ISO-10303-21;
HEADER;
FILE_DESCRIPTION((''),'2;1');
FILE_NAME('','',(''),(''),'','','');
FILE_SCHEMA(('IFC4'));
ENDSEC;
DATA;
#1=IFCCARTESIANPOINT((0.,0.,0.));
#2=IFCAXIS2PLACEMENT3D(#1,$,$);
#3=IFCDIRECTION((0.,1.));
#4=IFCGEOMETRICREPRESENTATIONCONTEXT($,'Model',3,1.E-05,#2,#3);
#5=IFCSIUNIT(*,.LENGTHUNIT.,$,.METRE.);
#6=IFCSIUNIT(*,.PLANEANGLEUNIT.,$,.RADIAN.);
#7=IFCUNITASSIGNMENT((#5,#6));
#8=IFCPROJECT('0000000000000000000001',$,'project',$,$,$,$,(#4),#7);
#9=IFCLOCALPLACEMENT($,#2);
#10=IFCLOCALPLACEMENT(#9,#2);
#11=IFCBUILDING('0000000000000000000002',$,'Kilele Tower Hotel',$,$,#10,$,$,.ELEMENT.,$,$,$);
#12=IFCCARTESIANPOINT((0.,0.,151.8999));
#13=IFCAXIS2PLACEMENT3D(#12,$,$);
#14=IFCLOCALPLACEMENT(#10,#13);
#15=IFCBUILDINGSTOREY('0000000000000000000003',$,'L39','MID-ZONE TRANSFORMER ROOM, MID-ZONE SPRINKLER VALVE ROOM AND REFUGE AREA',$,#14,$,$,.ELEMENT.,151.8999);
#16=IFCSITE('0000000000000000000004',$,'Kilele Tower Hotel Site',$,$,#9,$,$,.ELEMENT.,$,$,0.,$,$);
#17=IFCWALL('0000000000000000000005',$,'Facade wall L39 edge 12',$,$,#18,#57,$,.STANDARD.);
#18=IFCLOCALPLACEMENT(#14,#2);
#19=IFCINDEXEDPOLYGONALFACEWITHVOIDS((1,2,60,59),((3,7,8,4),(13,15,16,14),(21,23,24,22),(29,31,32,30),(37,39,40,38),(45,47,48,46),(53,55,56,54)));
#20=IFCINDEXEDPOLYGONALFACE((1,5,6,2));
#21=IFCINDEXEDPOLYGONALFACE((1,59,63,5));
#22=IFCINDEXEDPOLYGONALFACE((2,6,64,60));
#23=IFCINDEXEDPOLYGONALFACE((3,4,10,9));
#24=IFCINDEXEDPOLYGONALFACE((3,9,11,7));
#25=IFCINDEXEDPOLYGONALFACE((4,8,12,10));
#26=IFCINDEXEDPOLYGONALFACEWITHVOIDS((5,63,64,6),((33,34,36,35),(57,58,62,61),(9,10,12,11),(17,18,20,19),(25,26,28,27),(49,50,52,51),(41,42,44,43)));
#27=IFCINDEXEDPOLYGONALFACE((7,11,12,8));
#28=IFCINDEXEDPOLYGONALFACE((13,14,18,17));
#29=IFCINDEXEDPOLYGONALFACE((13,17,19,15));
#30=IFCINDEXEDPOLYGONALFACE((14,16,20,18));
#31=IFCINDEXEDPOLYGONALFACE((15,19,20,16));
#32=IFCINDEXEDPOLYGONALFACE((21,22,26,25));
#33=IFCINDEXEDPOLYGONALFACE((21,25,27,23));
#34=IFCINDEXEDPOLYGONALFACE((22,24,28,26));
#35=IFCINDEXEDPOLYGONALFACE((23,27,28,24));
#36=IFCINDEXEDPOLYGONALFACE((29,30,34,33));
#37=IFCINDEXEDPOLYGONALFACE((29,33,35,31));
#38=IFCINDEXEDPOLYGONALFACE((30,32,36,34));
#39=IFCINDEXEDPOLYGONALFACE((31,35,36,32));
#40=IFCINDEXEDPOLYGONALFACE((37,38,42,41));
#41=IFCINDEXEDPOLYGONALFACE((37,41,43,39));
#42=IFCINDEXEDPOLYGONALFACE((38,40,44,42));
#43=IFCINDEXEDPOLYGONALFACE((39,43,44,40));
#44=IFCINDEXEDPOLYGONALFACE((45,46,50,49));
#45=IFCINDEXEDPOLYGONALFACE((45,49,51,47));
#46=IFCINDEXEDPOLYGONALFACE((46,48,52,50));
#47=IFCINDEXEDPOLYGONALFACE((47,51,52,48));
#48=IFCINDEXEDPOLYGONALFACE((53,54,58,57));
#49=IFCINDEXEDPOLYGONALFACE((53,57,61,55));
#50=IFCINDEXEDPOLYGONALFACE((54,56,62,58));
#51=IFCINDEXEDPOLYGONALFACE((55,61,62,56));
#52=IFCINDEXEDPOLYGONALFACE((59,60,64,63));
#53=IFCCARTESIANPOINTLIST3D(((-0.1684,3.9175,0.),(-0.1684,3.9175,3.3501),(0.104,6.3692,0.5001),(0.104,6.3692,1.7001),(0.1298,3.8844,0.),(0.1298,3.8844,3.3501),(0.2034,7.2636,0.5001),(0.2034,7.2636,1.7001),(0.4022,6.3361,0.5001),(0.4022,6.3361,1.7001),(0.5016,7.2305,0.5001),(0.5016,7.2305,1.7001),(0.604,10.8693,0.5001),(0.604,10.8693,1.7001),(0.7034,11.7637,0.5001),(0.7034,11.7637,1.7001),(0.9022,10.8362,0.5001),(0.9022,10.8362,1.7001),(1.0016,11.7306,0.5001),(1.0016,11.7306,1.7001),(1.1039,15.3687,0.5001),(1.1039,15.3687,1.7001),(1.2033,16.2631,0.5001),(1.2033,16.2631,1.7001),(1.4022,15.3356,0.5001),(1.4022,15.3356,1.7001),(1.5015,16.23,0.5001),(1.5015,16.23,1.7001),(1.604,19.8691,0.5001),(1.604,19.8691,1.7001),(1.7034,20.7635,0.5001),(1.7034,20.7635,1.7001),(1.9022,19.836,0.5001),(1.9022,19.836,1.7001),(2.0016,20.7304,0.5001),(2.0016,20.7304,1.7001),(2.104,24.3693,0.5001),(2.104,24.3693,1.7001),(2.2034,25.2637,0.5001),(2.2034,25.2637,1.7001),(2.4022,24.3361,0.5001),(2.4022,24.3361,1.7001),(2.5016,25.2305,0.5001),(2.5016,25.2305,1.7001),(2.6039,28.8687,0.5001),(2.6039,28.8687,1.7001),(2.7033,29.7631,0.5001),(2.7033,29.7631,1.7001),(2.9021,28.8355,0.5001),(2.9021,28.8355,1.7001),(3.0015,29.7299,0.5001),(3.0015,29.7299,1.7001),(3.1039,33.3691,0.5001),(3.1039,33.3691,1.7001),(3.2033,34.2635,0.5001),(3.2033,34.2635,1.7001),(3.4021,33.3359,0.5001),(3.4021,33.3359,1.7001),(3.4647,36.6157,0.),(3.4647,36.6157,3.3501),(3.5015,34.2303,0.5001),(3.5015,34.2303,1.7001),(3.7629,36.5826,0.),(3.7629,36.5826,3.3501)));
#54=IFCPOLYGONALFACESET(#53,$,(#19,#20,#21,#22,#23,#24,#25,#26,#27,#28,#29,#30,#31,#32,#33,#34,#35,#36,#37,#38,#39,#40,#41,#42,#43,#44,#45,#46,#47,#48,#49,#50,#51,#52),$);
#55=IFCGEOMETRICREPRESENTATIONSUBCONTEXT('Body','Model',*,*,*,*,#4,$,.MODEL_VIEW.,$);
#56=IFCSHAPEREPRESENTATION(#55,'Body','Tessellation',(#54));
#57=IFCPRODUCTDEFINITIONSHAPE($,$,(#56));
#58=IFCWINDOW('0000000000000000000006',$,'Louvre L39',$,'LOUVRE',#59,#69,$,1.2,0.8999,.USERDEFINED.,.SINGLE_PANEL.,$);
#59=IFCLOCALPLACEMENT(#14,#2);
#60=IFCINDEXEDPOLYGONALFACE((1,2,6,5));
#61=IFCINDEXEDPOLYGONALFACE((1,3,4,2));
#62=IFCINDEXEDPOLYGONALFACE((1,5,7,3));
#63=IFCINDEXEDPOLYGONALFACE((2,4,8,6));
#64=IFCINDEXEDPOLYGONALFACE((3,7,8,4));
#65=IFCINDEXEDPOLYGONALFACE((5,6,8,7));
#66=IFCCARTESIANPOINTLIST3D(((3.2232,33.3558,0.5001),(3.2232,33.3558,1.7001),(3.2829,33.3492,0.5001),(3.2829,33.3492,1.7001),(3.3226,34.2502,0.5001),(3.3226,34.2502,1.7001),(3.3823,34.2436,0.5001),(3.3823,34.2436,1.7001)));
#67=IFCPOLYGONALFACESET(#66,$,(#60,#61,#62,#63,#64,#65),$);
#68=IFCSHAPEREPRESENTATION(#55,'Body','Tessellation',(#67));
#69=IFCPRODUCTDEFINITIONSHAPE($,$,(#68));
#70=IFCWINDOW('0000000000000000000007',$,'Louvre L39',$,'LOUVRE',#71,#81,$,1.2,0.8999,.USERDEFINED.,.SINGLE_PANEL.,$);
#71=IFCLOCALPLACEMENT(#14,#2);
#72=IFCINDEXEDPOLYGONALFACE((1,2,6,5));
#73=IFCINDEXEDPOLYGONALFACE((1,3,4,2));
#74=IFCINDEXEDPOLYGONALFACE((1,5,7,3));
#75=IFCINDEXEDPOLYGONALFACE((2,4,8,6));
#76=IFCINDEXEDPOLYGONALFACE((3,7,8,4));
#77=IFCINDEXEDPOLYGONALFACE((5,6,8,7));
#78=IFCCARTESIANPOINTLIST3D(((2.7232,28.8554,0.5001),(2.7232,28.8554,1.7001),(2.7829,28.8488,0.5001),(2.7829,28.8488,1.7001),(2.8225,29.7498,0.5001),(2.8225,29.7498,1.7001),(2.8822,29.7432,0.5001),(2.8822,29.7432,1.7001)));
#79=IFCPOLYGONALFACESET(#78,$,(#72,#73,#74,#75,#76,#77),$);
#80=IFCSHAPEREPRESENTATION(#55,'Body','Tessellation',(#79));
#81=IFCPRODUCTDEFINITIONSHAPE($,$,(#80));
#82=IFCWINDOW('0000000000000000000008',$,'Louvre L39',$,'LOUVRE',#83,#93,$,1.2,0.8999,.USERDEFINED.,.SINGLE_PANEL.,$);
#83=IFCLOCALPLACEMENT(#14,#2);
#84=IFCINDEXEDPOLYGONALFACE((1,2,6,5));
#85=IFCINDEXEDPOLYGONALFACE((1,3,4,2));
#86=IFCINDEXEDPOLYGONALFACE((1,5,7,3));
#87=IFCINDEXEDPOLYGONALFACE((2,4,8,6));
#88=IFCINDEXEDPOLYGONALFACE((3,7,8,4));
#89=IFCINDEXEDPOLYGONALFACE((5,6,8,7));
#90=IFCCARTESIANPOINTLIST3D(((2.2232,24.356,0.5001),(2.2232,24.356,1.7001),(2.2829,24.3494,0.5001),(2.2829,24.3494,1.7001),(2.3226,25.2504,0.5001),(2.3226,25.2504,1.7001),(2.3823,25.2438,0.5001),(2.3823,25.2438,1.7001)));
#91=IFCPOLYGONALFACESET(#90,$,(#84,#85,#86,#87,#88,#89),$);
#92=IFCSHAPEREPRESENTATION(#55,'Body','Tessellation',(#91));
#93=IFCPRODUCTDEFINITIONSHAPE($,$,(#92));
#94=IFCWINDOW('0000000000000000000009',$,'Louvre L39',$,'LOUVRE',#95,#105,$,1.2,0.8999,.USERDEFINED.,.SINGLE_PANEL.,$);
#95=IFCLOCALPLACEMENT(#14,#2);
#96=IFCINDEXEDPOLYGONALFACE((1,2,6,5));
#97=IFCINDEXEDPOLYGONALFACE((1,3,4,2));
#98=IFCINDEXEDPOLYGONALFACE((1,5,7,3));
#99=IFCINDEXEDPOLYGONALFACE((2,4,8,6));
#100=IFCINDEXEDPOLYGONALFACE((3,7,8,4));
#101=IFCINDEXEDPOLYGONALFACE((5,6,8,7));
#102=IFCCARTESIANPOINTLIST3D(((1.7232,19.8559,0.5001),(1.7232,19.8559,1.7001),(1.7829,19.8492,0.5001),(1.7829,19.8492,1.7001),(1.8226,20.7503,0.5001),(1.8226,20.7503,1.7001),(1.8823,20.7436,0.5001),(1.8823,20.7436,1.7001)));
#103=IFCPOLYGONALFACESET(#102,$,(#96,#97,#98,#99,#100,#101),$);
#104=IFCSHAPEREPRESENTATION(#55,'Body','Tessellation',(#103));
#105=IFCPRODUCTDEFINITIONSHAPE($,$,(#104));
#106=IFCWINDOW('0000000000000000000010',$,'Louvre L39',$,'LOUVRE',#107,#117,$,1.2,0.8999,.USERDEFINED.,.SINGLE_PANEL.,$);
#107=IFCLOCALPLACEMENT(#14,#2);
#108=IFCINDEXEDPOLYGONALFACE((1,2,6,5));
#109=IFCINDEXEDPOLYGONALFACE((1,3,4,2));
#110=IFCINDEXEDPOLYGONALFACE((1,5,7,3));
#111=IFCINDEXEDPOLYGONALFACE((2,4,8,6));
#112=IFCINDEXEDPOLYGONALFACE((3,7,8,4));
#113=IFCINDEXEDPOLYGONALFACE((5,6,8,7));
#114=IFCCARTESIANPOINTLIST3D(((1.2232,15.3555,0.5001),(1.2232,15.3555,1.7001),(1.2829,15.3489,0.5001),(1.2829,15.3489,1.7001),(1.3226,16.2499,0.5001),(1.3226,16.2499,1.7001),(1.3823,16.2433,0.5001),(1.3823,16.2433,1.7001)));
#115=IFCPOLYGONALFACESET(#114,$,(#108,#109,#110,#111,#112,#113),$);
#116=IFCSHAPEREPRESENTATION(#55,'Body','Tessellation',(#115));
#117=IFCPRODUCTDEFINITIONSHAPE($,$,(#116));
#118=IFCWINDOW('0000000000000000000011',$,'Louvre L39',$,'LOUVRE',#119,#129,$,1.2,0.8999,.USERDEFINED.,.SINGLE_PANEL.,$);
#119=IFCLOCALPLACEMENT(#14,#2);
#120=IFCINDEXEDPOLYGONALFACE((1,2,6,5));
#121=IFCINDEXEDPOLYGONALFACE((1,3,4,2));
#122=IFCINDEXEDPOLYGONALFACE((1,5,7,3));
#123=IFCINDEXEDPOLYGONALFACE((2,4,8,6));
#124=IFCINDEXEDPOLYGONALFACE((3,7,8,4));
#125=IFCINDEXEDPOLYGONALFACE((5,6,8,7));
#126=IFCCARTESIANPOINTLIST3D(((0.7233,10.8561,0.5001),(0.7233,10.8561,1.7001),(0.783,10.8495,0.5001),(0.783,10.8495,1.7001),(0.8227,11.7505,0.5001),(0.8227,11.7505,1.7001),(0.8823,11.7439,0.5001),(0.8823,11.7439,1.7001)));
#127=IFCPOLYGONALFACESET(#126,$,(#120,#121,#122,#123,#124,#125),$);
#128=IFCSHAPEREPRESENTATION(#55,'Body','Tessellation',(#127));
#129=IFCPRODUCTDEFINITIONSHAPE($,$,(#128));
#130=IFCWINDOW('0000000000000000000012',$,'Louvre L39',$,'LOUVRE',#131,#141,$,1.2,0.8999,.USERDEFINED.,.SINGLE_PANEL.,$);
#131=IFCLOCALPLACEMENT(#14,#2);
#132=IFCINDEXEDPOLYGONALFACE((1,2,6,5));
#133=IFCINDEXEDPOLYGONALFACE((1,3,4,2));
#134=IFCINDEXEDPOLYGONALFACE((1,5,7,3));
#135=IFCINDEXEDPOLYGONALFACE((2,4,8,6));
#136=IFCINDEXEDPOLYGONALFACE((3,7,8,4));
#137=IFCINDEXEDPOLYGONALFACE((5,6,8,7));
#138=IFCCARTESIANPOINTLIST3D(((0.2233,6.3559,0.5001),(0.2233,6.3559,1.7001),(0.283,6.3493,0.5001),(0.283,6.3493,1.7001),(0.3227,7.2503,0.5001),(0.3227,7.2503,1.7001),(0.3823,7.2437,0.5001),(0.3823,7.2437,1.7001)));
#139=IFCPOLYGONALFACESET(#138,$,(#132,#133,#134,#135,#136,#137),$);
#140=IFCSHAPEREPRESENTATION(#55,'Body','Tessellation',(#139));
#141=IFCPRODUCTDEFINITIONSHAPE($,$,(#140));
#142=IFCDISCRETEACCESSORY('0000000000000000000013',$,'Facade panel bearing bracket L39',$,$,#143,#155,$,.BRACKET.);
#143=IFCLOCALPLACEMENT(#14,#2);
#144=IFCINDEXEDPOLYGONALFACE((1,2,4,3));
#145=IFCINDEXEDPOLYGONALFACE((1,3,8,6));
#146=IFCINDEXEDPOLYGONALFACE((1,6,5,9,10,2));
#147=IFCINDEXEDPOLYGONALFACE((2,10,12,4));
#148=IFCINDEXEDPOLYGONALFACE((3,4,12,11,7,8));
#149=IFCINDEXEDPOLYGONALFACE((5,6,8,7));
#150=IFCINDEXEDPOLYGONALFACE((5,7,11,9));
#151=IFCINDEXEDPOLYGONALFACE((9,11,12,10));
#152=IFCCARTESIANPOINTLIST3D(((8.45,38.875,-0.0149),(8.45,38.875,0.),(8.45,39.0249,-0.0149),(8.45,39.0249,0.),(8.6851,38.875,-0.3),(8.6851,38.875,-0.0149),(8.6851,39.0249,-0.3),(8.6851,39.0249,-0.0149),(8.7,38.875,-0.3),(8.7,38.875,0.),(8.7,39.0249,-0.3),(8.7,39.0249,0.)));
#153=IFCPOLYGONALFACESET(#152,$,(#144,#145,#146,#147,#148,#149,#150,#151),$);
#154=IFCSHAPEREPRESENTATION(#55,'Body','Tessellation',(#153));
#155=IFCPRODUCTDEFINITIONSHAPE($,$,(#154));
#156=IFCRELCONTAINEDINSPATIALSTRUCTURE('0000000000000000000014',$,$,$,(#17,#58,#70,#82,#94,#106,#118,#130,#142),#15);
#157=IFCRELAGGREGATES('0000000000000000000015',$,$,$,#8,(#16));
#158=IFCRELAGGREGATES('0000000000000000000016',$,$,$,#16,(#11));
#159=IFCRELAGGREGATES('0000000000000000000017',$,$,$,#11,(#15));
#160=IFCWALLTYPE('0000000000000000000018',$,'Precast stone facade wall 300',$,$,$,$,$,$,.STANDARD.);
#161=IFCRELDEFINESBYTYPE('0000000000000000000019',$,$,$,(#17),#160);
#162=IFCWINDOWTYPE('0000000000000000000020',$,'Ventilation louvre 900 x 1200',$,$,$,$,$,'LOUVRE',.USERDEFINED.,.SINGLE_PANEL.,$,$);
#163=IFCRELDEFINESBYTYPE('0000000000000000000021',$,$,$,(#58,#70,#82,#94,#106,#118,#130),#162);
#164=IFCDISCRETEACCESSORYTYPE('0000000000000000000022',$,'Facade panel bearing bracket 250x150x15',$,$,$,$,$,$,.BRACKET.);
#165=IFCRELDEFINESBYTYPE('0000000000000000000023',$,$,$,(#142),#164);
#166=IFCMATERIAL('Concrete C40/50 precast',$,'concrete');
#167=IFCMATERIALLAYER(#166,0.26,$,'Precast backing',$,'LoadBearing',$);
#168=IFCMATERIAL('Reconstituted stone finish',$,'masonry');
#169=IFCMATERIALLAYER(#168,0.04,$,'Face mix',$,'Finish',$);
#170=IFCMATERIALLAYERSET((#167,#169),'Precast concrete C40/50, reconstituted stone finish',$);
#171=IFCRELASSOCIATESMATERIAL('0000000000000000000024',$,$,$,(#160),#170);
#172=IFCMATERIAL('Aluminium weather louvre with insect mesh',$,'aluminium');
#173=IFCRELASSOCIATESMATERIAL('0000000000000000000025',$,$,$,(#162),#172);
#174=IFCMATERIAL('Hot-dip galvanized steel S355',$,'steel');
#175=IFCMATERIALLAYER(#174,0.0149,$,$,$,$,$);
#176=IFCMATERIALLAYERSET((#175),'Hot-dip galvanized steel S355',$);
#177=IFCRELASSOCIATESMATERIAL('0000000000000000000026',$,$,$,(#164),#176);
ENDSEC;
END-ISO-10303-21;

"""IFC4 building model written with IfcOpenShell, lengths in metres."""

from ifc_helpers import new_model, si_unit, direction, frame, frame_2d, origin, place, context, subcontext, project, spatial, polyline, rectangle, outline, extrude, source, transform, mapped, material, layer, layer_set, type_object, element, fill, save


model = new_model("IFC4")

# Units and contexts
model_context = context("Model", 3, precision=1e-05, world=origin(), true_north=direction((0.0, 1.0)))
body_context = subcontext(model_context, "Body", "Model", "MODEL_VIEW")
ifc_project = project(units=[si_unit("LENGTHUNIT", "METRE"), si_unit("PLANEANGLEUNIT", "RADIAN")], contexts=[model_context])

# Site, building, storey
site_placement = place(None, origin())
site = spatial("IfcSite", under=ifc_project, at=site_placement, Name="Kilele Tower Hotel Site", CompositionType="ELEMENT", RefElevation=0.0)
building_placement = place(site_placement, origin())
building = spatial("IfcBuilding", under=site, at=building_placement, Name="Kilele Tower Hotel", CompositionType="ELEMENT")
storey_placement = place(building_placement, frame((0.0, 0.0, 151.8999)))
storey = spatial("IfcBuildingStorey", under=building, at=storey_placement, Name="L39", Description="MID-ZONE TRANSFORMER ROOM, MID-ZONE SPRINKLER VALVE ROOM AND REFUGE AREA", CompositionType="ELEMENT", Elevation=151.8999)

# Shared definitions
ifc_material_1 = material(Name="Concrete C40/50 precast", Category="concrete")
ifc_layer_1 = layer(ifc_material_1, 0.26, Name="Precast backing", Category="LoadBearing")
ifc_material_2 = material(Name="Reconstituted stone finish", Category="masonry")
ifc_layer_2 = layer(ifc_material_2, 0.04, Name="Face mix", Category="Finish")
ifc_layer_set_1 = layer_set([ifc_layer_1, ifc_layer_2], Name="Precast concrete C40/50, reconstituted stone finish")
wall_type = type_object("IfcWallType", Name="Precast stone facade wall 300", PredefinedType="STANDARD", material=ifc_layer_set_1)
ifc_material_3 = material(Name="Aluminium weather louvre with insect mesh", Category="aluminium")
window_type = type_object("IfcWindowType", Name="Ventilation louvre 900 x 1200", ElementType="LOUVRE", PartitioningType="SINGLE_PANEL", PredefinedType="USERDEFINED", material=ifc_material_3)

# Wall, openings, windows
wall_1_placement = place(storey_placement, frame((3.6138, 36.5991, 0.0), z_axis=(0.0, 0.0, 1.0), x_axis=(-0.110429, -0.993884, 0.0)))
wall_1 = element("IfcWall", 1, at=wall_1_placement, inside=storey, type_object=wall_type, Name="Facade wall L39 edge 12", PredefinedType="STANDARD", context=body_context, shape_type="SweptSolid", body=[
    extrude(rectangle(XDim=32.8994, YDim=0.3, at=frame_2d((16.4497, 0.0))), origin(), (0.0, 0.0, 1.0), 3.3501),
])
opening_1_placement = place(wall_1_placement, frame((2.3667, 0.0, 0.5)))
opening_1 = element("IfcOpeningElement", 2, at=opening_1_placement, cuts=wall_1, PredefinedType="OPENING", context=body_context, shape_type="SweptSolid", body=[
    extrude(rectangle(XDim=0.8999, YDim=1.2, at=frame_2d((0.45, 0.6001))), frame((0.0, 0.1599, 0.0), z_axis=(0.0, -1.0, 0.0), x_axis=(1.0, 0.0, 0.0)), (0.0, 0.0, 1.0), 0.3201),
])
opening_2_placement = place(wall_1_placement, frame((6.8948, 0.0, 0.5)))
opening_2 = element("IfcOpeningElement", 3, at=opening_2_placement, cuts=wall_1, PredefinedType="OPENING", context=body_context, shape_type="SweptSolid", body=[
    extrude(rectangle(XDim=0.8999, YDim=1.2, at=frame_2d((0.45, 0.6001))), frame((0.0, 0.1599, 0.0), z_axis=(0.0, -1.0, 0.0), x_axis=(1.0, 0.0, 0.0)), (0.0, 0.0, 1.0), 0.3201),
])
opening_3_placement = place(wall_1_placement, frame((11.4219, 0.0, 0.5)))
opening_3 = element("IfcOpeningElement", 4, at=opening_3_placement, cuts=wall_1, PredefinedType="OPENING", context=body_context, shape_type="SweptSolid", body=[
    extrude(rectangle(XDim=0.8999, YDim=1.2, at=frame_2d((0.45, 0.6001))), frame((0.0, 0.1599, 0.0), z_axis=(0.0, -1.0, 0.0), x_axis=(1.0, 0.0, 0.0)), (0.0, 0.0, 1.0), 0.3201),
])
opening_4_placement = place(wall_1_placement, frame((15.9497, 0.0, 0.5)))
opening_4 = element("IfcOpeningElement", 5, at=opening_4_placement, cuts=wall_1, PredefinedType="OPENING", context=body_context, shape_type="SweptSolid", body=[
    extrude(rectangle(XDim=0.8999, YDim=1.2, at=frame_2d((0.45, 0.6001))), frame((0.0, 0.1599, 0.0), z_axis=(0.0, -1.0, 0.0), x_axis=(1.0, 0.0, 0.0)), (0.0, 0.0, 1.0), 0.3201),
])
opening_5_placement = place(wall_1_placement, frame((20.4778, 0.0, 0.5)))
opening_5 = element("IfcOpeningElement", 6, at=opening_5_placement, cuts=wall_1, PredefinedType="OPENING", context=body_context, shape_type="SweptSolid", body=[
    extrude(rectangle(XDim=0.8999, YDim=1.2, at=frame_2d((0.45, 0.6001))), frame((0.0, 0.1599, 0.0), z_axis=(0.0, -1.0, 0.0), x_axis=(1.0, 0.0, 0.0)), (0.0, 0.0, 1.0), 0.3201),
])
opening_6_placement = place(wall_1_placement, frame((25.0049, 0.0, 0.5)))
opening_6 = element("IfcOpeningElement", 7, at=opening_6_placement, cuts=wall_1, PredefinedType="OPENING", context=body_context, shape_type="SweptSolid", body=[
    extrude(rectangle(XDim=0.8999, YDim=1.2, at=frame_2d((0.45, 0.6001))), frame((0.0, 0.1599, 0.0), z_axis=(0.0, -1.0, 0.0), x_axis=(1.0, 0.0, 0.0)), (0.0, 0.0, 1.0), 0.3201),
])
opening_7_placement = place(wall_1_placement, frame((29.5327, 0.0, 0.5)))
opening_7 = element("IfcOpeningElement", 8, at=opening_7_placement, cuts=wall_1, PredefinedType="OPENING", context=body_context, shape_type="SweptSolid", body=[
    extrude(rectangle(XDim=0.8999, YDim=1.2, at=frame_2d((0.45, 0.6001))), frame((0.0, 0.1599, 0.0), z_axis=(0.0, -1.0, 0.0), x_axis=(1.0, 0.0, 0.0)), (0.0, 0.0, 1.0), 0.3201),
])
window_1_placement = place(opening_1_placement, origin())
window_1 = element("IfcWindow", 9, at=window_1_placement, inside=storey, type_object=window_type, Name="Louvre L39", ObjectType="LOUVRE", OverallHeight=1.2, OverallWidth=0.8999, PartitioningType="SINGLE_PANEL", PredefinedType="USERDEFINED", context=body_context, shape_type="SweptSolid", body=[
    extrude(rectangle(XDim=0.8999, YDim=1.2, at=frame_2d((0.45, 0.6001))), frame((0.0, 0.03, 0.0), z_axis=(0.0, -1.0, 0.0), x_axis=(1.0, 0.0, 0.0)), (0.0, 0.0, 1.0), 0.0601),
])
fill(opening_1, window_1)
window_2_placement = place(opening_2_placement, origin())
window_2 = element("IfcWindow", 10, at=window_2_placement, inside=storey, type_object=window_type, Name="Louvre L39", ObjectType="LOUVRE", OverallHeight=1.2, OverallWidth=0.8999, PartitioningType="SINGLE_PANEL", PredefinedType="USERDEFINED", context=body_context, shape_type="SweptSolid", body=[
    extrude(rectangle(XDim=0.8999, YDim=1.2, at=frame_2d((0.45, 0.6001))), frame((0.0, 0.03, 0.0), z_axis=(0.0, -1.0, 0.0), x_axis=(1.0, 0.0, 0.0)), (0.0, 0.0, 1.0), 0.0601),
])
fill(opening_2, window_2)
window_3_placement = place(opening_3_placement, origin())
window_3 = element("IfcWindow", 11, at=window_3_placement, inside=storey, type_object=window_type, Name="Louvre L39", ObjectType="LOUVRE", OverallHeight=1.2, OverallWidth=0.8999, PartitioningType="SINGLE_PANEL", PredefinedType="USERDEFINED", context=body_context, shape_type="SweptSolid", body=[
    extrude(rectangle(XDim=0.8999, YDim=1.2, at=frame_2d((0.45, 0.6001))), frame((0.0, 0.03, 0.0), z_axis=(0.0, -1.0, 0.0), x_axis=(1.0, 0.0, 0.0)), (0.0, 0.0, 1.0), 0.0601),
])
fill(opening_3, window_3)
window_4_placement = place(opening_4_placement, origin())
window_4 = element("IfcWindow", 12, at=window_4_placement, inside=storey, type_object=window_type, Name="Louvre L39", ObjectType="LOUVRE", OverallHeight=1.2, OverallWidth=0.8999, PartitioningType="SINGLE_PANEL", PredefinedType="USERDEFINED", context=body_context, shape_type="SweptSolid", body=[
    extrude(rectangle(XDim=0.8999, YDim=1.2, at=frame_2d((0.45, 0.6001))), frame((0.0, 0.03, 0.0), z_axis=(0.0, -1.0, 0.0), x_axis=(1.0, 0.0, 0.0)), (0.0, 0.0, 1.0), 0.0601),
])
fill(opening_4, window_4)
window_5_placement = place(opening_5_placement, origin())
window_5 = element("IfcWindow", 13, at=window_5_placement, inside=storey, type_object=window_type, Name="Louvre L39", ObjectType="LOUVRE", OverallHeight=1.2, OverallWidth=0.8999, PartitioningType="SINGLE_PANEL", PredefinedType="USERDEFINED", context=body_context, shape_type="SweptSolid", body=[
    extrude(rectangle(XDim=0.8999, YDim=1.2, at=frame_2d((0.45, 0.6001))), frame((0.0, 0.03, 0.0), z_axis=(0.0, -1.0, 0.0), x_axis=(1.0, 0.0, 0.0)), (0.0, 0.0, 1.0), 0.0601),
])
fill(opening_5, window_5)
window_6_placement = place(opening_6_placement, origin())
window_6 = element("IfcWindow", 14, at=window_6_placement, inside=storey, type_object=window_type, Name="Louvre L39", ObjectType="LOUVRE", OverallHeight=1.2, OverallWidth=0.8999, PartitioningType="SINGLE_PANEL", PredefinedType="USERDEFINED", context=body_context, shape_type="SweptSolid", body=[
    extrude(rectangle(XDim=0.8999, YDim=1.2, at=frame_2d((0.45, 0.6001))), frame((0.0, 0.03, 0.0), z_axis=(0.0, -1.0, 0.0), x_axis=(1.0, 0.0, 0.0)), (0.0, 0.0, 1.0), 0.0601),
])
fill(opening_6, window_6)
window_7_placement = place(opening_7_placement, origin())
window_7 = element("IfcWindow", 15, at=window_7_placement, inside=storey, type_object=window_type, Name="Louvre L39", ObjectType="LOUVRE", OverallHeight=1.2, OverallWidth=0.8999, PartitioningType="SINGLE_PANEL", PredefinedType="USERDEFINED", context=body_context, shape_type="SweptSolid", body=[
    extrude(rectangle(XDim=0.8999, YDim=1.2, at=frame_2d((0.45, 0.6001))), frame((0.0, 0.03, 0.0), z_axis=(0.0, -1.0, 0.0), x_axis=(1.0, 0.0, 0.0)), (0.0, 0.0, 1.0), 0.0601),
])
fill(opening_7, window_7)

# Discrete accessory
ifc_material_4 = material(Name="Hot-dip galvanized steel S355", Category="steel")
ifc_layer_3 = layer(ifc_material_4, 0.0149)
ifc_layer_set_2 = layer_set([ifc_layer_3], Name="Hot-dip galvanized steel S355")
discrete_accessory_type_1 = type_object("IfcDiscreteAccessoryType", Name="Facade panel bearing bracket 250x150x15", PredefinedType="BRACKET", material=ifc_layer_set_2)
shared_shape_1 = source(origin(), body_context, "Body", "SweptSolid", [
    extrude(outline(polyline([(0.0, 0.0), (0.25, 0.0), (0.25, -0.0149), (0.0149, -0.0149), (0.0149, -0.3), (0.0, -0.3), (0.0, 0.0)])), origin(), (0.0, 0.0, 1.0), 0.1499),
])
for number, where, z_axis, x_axis, name in (
    (16, (8.7, 38.875, 0.0), (0.0, 1.0, 0.0), (-1.0, 0.0, 0.0), "Facade panel bearing bracket L39"),
):
    element("IfcDiscreteAccessory", number, at=place(storey_placement, frame(where, z_axis=z_axis, x_axis=x_axis)), inside=storey, type_object=discrete_accessory_type_1, Name=name, PredefinedType="BRACKET", context=body_context, shape_type="MappedRepresentation", body=[
        mapped(shared_shape_1, transform((0.0, 0.0, 0.0))),
    ])

save(model, "model.ifc")
